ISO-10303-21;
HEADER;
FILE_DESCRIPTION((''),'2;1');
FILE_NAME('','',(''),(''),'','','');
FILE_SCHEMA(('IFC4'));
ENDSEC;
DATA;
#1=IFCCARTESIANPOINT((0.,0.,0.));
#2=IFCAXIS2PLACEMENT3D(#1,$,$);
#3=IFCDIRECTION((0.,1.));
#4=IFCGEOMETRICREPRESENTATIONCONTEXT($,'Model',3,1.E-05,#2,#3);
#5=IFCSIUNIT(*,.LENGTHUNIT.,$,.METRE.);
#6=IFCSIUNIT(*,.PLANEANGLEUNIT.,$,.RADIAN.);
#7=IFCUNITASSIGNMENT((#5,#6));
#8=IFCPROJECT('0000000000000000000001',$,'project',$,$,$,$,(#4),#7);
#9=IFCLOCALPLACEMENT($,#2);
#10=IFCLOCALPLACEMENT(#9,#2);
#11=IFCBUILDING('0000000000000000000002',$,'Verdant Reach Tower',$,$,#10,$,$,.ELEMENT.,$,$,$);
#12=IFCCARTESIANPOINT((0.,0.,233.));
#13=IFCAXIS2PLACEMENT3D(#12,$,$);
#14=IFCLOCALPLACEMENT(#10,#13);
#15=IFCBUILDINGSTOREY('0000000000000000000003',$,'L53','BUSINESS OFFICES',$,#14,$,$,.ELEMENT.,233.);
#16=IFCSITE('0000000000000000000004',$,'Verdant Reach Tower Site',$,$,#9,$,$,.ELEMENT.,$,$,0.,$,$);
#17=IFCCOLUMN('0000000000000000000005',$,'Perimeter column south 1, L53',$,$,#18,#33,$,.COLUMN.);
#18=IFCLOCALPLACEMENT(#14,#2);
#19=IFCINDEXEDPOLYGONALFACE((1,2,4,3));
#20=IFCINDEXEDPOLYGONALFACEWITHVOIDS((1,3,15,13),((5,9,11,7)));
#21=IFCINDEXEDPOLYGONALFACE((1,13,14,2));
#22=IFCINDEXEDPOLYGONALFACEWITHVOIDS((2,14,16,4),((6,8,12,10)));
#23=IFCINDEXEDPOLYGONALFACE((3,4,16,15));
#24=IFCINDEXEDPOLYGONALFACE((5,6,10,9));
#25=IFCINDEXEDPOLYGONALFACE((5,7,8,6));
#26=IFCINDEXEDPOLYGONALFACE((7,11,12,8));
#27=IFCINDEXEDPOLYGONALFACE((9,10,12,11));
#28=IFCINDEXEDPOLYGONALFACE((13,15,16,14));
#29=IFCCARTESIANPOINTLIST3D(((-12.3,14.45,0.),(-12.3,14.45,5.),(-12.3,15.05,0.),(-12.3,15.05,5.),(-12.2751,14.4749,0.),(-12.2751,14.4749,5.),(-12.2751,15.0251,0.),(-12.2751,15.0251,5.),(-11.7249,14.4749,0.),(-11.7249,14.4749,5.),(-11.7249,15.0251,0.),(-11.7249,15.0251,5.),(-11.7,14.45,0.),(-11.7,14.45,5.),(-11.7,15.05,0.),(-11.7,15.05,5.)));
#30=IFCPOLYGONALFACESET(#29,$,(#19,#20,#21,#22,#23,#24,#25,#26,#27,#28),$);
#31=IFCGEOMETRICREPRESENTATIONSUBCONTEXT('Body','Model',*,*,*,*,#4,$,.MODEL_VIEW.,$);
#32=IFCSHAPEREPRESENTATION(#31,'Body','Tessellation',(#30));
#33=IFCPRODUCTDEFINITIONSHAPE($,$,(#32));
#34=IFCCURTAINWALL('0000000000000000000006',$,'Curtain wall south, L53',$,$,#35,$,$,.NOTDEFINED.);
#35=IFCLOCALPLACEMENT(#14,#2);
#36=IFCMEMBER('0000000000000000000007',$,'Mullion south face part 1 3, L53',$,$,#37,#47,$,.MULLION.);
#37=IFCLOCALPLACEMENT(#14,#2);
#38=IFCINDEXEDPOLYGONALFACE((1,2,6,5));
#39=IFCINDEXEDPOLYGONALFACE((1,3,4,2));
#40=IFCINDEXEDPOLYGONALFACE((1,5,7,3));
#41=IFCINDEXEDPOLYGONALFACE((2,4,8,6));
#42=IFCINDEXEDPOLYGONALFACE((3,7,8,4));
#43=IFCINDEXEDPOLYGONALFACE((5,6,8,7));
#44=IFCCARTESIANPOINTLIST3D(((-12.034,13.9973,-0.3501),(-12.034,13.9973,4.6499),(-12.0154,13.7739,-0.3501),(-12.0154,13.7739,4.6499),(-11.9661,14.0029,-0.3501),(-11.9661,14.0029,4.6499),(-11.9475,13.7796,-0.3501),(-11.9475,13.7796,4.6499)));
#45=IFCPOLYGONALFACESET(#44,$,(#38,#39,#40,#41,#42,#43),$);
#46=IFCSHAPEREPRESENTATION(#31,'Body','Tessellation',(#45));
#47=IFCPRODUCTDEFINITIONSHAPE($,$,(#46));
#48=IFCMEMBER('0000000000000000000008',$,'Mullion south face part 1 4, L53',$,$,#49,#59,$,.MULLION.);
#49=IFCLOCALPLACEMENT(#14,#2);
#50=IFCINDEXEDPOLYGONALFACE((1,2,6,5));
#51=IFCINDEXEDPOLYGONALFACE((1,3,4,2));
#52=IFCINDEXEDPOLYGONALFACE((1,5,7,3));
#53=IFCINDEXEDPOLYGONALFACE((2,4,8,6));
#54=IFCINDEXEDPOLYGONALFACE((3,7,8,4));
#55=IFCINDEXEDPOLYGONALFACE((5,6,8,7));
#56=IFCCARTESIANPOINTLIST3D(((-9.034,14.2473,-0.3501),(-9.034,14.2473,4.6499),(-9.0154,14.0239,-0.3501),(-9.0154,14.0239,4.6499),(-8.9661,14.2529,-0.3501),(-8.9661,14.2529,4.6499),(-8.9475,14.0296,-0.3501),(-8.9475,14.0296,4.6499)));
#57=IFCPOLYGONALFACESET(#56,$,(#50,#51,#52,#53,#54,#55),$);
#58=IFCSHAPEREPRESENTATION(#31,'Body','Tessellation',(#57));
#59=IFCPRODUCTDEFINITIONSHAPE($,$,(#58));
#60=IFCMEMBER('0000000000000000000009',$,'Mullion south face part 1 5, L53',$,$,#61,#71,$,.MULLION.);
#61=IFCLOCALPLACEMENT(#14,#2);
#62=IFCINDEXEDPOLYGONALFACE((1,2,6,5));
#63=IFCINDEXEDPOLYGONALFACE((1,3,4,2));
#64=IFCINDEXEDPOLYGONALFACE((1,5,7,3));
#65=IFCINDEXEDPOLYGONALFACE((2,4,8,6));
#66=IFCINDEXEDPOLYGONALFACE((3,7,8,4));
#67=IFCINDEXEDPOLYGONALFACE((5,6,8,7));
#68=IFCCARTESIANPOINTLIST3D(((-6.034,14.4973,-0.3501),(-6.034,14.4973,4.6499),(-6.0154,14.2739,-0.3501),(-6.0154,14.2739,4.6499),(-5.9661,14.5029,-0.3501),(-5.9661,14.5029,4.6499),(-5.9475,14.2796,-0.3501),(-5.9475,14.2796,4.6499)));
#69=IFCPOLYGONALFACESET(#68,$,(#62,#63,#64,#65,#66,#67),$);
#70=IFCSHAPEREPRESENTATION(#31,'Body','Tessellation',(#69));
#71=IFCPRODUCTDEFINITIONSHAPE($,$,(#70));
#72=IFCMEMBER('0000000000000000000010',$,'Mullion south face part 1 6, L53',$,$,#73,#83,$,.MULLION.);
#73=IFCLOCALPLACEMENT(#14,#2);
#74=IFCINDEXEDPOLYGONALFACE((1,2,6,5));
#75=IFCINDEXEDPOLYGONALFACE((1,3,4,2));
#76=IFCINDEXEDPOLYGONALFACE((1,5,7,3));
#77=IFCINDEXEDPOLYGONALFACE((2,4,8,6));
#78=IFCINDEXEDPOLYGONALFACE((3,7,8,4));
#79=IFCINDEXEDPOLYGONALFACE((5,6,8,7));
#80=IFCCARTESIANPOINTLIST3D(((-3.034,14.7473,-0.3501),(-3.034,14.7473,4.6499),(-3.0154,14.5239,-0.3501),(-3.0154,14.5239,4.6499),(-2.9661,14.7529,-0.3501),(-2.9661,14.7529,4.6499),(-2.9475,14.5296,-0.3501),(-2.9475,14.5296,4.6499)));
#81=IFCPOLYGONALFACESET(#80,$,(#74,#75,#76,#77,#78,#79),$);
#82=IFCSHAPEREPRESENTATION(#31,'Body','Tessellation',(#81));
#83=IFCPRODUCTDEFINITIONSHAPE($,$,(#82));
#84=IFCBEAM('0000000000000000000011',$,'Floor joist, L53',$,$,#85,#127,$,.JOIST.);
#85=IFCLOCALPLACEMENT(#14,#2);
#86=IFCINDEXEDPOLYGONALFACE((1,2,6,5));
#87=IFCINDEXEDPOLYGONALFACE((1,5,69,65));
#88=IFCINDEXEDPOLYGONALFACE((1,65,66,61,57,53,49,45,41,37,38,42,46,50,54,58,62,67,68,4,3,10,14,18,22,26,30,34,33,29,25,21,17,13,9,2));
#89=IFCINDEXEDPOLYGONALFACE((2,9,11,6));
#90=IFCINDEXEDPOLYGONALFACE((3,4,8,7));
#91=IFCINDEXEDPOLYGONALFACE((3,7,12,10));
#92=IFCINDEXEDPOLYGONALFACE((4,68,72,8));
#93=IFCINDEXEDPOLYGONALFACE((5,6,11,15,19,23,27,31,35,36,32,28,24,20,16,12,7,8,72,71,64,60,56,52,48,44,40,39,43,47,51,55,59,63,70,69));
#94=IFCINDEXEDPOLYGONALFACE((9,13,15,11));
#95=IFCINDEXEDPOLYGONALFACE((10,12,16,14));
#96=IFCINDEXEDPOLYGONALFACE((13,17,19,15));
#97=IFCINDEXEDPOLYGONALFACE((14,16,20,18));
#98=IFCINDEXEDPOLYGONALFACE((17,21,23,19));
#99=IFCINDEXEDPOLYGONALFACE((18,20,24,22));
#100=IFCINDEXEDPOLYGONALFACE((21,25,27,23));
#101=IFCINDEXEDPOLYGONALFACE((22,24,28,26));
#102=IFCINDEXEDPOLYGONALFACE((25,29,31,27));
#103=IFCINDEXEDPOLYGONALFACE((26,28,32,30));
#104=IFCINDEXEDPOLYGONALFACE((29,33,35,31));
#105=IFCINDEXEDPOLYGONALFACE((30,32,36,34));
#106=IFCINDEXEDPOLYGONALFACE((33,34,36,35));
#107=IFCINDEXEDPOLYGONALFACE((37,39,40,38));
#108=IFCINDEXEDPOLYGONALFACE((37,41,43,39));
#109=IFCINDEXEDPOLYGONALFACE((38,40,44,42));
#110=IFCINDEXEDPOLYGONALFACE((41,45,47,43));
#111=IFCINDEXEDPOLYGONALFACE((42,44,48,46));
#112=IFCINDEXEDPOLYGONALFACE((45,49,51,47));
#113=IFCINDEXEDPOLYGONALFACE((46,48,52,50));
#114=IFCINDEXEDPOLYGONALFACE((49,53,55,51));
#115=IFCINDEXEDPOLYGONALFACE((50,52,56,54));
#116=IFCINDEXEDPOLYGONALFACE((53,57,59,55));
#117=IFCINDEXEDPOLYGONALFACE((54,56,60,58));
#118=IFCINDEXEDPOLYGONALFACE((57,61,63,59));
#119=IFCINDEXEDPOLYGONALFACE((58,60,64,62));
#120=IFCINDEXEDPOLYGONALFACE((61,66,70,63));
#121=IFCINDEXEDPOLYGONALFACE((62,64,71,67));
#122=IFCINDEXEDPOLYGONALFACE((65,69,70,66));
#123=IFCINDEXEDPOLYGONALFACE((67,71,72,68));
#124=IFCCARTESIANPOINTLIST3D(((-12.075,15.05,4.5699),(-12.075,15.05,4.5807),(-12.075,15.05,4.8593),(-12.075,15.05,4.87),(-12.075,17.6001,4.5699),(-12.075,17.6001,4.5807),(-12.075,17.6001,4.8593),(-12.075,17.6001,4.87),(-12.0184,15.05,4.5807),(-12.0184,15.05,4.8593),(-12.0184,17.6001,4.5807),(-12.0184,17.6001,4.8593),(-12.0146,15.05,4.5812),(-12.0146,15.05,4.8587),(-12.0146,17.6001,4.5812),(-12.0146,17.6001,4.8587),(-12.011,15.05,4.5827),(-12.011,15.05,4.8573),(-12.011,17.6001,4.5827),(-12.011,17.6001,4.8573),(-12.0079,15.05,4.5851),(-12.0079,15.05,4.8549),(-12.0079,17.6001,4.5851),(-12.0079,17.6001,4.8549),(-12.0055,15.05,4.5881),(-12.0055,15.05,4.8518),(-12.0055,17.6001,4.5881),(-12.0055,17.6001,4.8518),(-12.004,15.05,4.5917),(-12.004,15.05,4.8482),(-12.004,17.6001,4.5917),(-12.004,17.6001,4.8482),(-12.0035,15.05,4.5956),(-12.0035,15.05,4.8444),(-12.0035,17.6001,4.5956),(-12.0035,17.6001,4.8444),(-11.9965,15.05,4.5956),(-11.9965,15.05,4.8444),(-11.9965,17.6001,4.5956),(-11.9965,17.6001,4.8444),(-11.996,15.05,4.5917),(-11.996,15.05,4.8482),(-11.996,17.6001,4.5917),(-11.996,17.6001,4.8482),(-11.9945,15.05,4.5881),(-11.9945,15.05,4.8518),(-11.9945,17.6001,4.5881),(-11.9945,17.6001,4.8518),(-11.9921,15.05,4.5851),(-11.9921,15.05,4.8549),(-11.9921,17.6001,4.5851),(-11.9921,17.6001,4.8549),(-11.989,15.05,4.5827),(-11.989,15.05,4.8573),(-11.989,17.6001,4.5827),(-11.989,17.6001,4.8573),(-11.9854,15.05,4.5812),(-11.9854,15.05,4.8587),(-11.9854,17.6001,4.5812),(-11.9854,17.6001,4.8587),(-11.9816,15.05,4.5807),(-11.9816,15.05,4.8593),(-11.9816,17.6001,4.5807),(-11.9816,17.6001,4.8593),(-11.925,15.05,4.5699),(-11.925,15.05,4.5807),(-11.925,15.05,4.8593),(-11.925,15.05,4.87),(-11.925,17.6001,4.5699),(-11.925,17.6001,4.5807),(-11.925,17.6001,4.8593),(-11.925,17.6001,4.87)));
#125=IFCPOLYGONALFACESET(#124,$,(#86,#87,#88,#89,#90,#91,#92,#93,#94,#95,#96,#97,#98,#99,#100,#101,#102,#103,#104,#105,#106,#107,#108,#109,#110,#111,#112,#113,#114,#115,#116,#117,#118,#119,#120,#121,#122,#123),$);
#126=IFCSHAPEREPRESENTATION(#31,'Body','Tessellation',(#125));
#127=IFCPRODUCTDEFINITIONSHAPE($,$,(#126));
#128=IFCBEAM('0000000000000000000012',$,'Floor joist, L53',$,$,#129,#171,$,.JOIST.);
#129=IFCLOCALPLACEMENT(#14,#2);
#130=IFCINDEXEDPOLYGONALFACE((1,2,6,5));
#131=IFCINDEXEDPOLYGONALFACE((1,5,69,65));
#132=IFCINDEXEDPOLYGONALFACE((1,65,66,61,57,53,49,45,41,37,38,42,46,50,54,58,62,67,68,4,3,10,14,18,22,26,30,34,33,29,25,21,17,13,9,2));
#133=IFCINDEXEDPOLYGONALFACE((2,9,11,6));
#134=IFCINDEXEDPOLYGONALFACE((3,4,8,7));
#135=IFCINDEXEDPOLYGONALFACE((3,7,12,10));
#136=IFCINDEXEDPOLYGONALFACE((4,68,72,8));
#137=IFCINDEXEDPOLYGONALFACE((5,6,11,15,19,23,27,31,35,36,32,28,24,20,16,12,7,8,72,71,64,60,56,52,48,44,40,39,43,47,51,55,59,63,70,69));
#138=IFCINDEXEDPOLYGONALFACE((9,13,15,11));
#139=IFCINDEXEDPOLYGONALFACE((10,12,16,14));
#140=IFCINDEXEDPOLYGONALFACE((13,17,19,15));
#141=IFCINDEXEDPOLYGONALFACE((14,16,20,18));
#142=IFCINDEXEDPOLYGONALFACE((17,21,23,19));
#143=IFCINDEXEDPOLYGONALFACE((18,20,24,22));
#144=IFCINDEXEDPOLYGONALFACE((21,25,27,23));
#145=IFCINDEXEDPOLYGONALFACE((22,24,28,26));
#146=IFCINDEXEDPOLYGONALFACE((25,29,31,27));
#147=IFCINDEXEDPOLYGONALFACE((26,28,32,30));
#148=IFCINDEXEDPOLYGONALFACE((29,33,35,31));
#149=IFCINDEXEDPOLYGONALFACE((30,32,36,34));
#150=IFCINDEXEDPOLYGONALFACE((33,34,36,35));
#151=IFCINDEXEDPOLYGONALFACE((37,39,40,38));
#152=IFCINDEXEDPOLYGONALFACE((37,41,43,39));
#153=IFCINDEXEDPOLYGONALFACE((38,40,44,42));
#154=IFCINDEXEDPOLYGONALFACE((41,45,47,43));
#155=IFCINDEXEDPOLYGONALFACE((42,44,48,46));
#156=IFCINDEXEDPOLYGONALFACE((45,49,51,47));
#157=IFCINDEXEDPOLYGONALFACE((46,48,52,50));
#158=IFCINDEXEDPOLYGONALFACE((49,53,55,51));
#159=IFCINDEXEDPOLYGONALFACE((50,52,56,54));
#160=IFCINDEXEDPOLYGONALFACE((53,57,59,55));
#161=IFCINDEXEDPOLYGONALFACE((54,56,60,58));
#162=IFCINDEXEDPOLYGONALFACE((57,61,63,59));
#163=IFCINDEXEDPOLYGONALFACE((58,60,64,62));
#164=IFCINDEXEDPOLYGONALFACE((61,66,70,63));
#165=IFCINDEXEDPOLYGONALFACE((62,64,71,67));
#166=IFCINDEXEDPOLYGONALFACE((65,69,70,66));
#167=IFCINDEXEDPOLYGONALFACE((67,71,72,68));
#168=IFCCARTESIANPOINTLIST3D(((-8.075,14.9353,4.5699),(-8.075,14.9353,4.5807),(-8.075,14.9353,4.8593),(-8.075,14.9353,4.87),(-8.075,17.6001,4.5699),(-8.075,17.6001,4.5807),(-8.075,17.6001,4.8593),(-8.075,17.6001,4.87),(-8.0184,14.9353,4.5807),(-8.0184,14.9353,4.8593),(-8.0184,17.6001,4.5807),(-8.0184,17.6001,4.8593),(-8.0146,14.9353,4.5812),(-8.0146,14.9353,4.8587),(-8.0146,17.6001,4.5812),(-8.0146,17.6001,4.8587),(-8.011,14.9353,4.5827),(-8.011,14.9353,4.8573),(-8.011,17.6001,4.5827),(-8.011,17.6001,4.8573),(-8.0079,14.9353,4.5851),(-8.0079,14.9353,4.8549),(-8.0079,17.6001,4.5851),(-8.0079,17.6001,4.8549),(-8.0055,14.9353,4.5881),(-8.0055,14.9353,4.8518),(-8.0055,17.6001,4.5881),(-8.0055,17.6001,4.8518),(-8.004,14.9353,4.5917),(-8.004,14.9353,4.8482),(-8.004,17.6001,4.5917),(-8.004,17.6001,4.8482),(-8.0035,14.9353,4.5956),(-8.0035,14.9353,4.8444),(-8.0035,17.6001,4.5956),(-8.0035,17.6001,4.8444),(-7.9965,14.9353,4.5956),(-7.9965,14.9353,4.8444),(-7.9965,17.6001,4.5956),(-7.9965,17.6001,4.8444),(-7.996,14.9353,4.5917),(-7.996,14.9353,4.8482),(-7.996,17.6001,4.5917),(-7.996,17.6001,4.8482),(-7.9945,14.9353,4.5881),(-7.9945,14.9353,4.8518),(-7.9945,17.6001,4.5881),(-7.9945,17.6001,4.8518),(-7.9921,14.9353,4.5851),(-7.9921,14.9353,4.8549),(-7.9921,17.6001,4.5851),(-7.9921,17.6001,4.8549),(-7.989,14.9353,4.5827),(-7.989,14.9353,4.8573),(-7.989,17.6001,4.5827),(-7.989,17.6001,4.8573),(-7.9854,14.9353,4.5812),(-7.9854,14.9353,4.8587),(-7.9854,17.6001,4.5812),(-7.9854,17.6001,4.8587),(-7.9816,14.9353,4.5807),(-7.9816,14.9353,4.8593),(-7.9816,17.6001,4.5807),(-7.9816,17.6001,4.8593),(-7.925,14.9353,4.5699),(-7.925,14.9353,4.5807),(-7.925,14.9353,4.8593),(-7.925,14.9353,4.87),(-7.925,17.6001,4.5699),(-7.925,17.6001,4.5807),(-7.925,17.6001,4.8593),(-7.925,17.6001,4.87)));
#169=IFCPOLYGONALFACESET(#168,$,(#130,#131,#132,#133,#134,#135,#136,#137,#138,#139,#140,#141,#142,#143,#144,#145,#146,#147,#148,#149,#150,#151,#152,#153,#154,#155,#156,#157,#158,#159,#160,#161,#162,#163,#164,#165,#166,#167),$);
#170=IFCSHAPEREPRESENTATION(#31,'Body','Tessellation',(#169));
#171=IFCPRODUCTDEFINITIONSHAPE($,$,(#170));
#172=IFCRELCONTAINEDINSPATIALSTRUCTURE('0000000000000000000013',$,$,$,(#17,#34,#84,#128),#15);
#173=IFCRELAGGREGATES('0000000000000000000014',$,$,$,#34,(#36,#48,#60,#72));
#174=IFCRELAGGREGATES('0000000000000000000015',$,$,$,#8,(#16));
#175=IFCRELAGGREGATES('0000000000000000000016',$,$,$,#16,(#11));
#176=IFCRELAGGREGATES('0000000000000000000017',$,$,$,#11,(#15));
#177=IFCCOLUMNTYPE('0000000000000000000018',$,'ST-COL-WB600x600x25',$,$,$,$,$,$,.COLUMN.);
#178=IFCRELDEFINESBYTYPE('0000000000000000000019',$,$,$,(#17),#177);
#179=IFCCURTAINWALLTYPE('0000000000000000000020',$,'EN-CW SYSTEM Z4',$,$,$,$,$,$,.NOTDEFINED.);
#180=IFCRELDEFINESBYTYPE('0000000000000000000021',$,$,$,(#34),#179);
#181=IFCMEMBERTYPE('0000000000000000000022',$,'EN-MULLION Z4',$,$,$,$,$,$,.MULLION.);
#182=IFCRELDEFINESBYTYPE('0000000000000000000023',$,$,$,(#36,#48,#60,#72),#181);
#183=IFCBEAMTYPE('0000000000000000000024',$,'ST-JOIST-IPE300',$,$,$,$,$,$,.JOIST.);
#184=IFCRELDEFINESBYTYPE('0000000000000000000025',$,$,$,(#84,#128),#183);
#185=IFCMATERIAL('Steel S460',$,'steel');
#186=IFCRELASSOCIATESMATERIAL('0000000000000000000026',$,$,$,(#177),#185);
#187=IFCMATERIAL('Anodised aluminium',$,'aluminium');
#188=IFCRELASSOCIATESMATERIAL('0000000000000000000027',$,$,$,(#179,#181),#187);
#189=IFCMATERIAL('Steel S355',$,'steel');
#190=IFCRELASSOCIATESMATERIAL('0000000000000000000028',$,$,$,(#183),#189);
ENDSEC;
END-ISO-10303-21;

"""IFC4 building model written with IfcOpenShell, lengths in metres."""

from ifc_helpers import new_model, si_unit, direction, frame, origin, origin_2d, place, context, subcontext, project, spatial, rectangle, hollow_rectangle, i_section, extrude, material, material_profile, profile_set, type_object, element, aggregate, save


model = new_model("IFC4")

# Units and contexts
model_context = context("Model", 3, precision=1e-05, world=origin(), true_north=direction((0.0, 1.0)))
body_context = subcontext(model_context, "Body", "Model", "MODEL_VIEW")
ifc_project = project(units=[si_unit("LENGTHUNIT", "METRE"), si_unit("PLANEANGLEUNIT", "RADIAN")], contexts=[model_context])

# Site, building, storey
site_placement = place(None, origin())
site = spatial("IfcSite", under=ifc_project, at=site_placement, Name="Verdant Reach Tower Site", CompositionType="ELEMENT", RefElevation=0.0)
building_placement = place(site_placement, origin())
building = spatial("IfcBuilding", under=site, at=building_placement, Name="Verdant Reach Tower", CompositionType="ELEMENT")
storey_placement = place(building_placement, frame((0.0, 0.0, 233.0)))
storey = spatial("IfcBuildingStorey", under=building, at=storey_placement, Name="L53", Description="BUSINESS OFFICES", CompositionType="ELEMENT", Elevation=233.0)

# Column
ifc_material_1 = material(Name="Steel S460", Category="steel")
ifc_material_profile_1 = material_profile(ifc_material_1, hollow_rectangle(XDim=0.6001, YDim=0.6001, WallThickness=0.0249, at=origin_2d()), Name="WB 600x600x25")
ifc_profile_set_1 = profile_set([ifc_material_profile_1], Name="Steel S460")
column_type = type_object("IfcColumnType", Name="ST-COL-WB600x600x25", PredefinedType="COLUMN", material=ifc_profile_set_1)
column_placement = place(storey_placement, frame((-12.0, 14.75, 0.0), z_axis=(0.0, 0.0, 1.0), x_axis=(1.0, 0.0, 0.0)))
element("IfcColumn", 1, at=column_placement, inside=storey, type_object=column_type, Name="Perimeter column south 1, L53", PredefinedType="COLUMN", context=body_context, shape_type="SweptSolid", body=[
    extrude(hollow_rectangle(XDim=0.6001, YDim=0.6001, WallThickness=0.0249, at=origin_2d()), origin(), (0.0, 0.0, 1.0), 5.0),
])

# Curtain wall, members
ifc_material_2 = material(Name="Anodised aluminium", Category="aluminium")
curtain_wall_type = type_object("IfcCurtainWallType", Name="EN-CW SYSTEM Z4", PredefinedType="NOTDEFINED", material=ifc_material_2)
curtain_wall_placement = place(storey_placement, origin())
curtain_wall = element("IfcCurtainWall", 2, at=curtain_wall_placement, inside=storey, type_object=curtain_wall_type, Name="Curtain wall south, L53", PredefinedType="NOTDEFINED")
ifc_material_profile_2 = material_profile(ifc_material_2, rectangle(XDim=0.2241, YDim=0.0681, at=origin_2d()), Name="Mullion 68x224")
ifc_profile_set_2 = profile_set([ifc_material_profile_2], Name="Anodised aluminium")
member_type = type_object("IfcMemberType", Name="EN-MULLION Z4", PredefinedType="MULLION", material=ifc_profile_set_2)
member_1_placement = place(storey_placement, frame((-11.9907, 13.8884, -0.3501), z_axis=(0.0, 0.0, 1.0), x_axis=(0.083045, -0.996546, 0.0)))
member_1 = element("IfcMember", 3, at=member_1_placement, type_object=member_type, Name="Mullion south face part 1 3, L53", PredefinedType="MULLION", context=body_context, shape_type="SweptSolid", body=[
    extrude(rectangle(XDim=0.2241, YDim=0.0681, at=origin_2d()), origin(), (0.0, 0.0, 1.0), 5.0),
])
member_2_placement = place(storey_placement, frame((-8.9907, 14.1384, -0.3501), z_axis=(0.0, 0.0, 1.0), x_axis=(0.083045, -0.996546, 0.0)))
member_2 = element("IfcMember", 4, at=member_2_placement, type_object=member_type, Name="Mullion south face part 1 4, L53", PredefinedType="MULLION", context=body_context, shape_type="SweptSolid", body=[
    extrude(rectangle(XDim=0.2241, YDim=0.0681, at=origin_2d()), origin(), (0.0, 0.0, 1.0), 5.0),
])
member_3_placement = place(storey_placement, frame((-5.9907, 14.3884, -0.3501), z_axis=(0.0, 0.0, 1.0), x_axis=(0.083045, -0.996546, 0.0)))
member_3 = element("IfcMember", 5, at=member_3_placement, type_object=member_type, Name="Mullion south face part 1 5, L53", PredefinedType="MULLION", context=body_context, shape_type="SweptSolid", body=[
    extrude(rectangle(XDim=0.2241, YDim=0.0681, at=origin_2d()), origin(), (0.0, 0.0, 1.0), 5.0),
])
member_4_placement = place(storey_placement, frame((-2.9907, 14.6384, -0.3501), z_axis=(0.0, 0.0, 1.0), x_axis=(0.083045, -0.996546, 0.0)))
member_4 = element("IfcMember", 6, at=member_4_placement, type_object=member_type, Name="Mullion south face part 1 6, L53", PredefinedType="MULLION", context=body_context, shape_type="SweptSolid", body=[
    extrude(rectangle(XDim=0.2241, YDim=0.0681, at=origin_2d()), origin(), (0.0, 0.0, 1.0), 5.0),
])

# Beams
ifc_material_3 = material(Name="Steel S355", Category="steel")
ifc_material_profile_3 = material_profile(ifc_material_3, i_section(OverallWidth=0.1499, OverallDepth=0.3, WebThickness=0.0071, FlangeThickness=0.0107, FilletRadius=0.0149, at=origin_2d()), Name="IPE 300")
ifc_profile_set_3 = profile_set([ifc_material_profile_3], Name="Steel S355")
beam_type_1 = type_object("IfcBeamType", Name="ST-JOIST-IPE300", PredefinedType="JOIST", material=ifc_profile_set_3)
beam_1_placement = place(storey_placement, frame((-12.0, 17.6001, 4.72), z_axis=(0.0, -1.0, 0.0), x_axis=(1.0, 0.0, 0.0)))
element("IfcBeam", 7, at=beam_1_placement, inside=storey, type_object=beam_type_1, Name="Floor joist, L53", PredefinedType="JOIST", context=body_context, shape_type="SweptSolid", body=[
    extrude(i_section(OverallWidth=0.1499, OverallDepth=0.3, WebThickness=0.0071, FlangeThickness=0.0107, FilletRadius=0.0149, at=origin_2d()), origin(), (0.0, 0.0, 1.0), 2.55),
])
beam_2_placement = place(storey_placement, frame((-8.0, 17.6001, 4.72), z_axis=(0.0, -1.0, 0.0), x_axis=(1.0, 0.0, 0.0)))
element("IfcBeam", 8, at=beam_2_placement, inside=storey, type_object=beam_type_1, Name="Floor joist, L53", PredefinedType="JOIST", context=body_context, shape_type="SweptSolid", body=[
    extrude(i_section(OverallWidth=0.1499, OverallDepth=0.3, WebThickness=0.0071, FlangeThickness=0.0107, FilletRadius=0.0149, at=origin_2d()), origin(), (0.0, 0.0, 1.0), 2.6648),
])

aggregate(curtain_wall, [member_1, member_2, member_3, member_4])

save(model, "model.ifc")
